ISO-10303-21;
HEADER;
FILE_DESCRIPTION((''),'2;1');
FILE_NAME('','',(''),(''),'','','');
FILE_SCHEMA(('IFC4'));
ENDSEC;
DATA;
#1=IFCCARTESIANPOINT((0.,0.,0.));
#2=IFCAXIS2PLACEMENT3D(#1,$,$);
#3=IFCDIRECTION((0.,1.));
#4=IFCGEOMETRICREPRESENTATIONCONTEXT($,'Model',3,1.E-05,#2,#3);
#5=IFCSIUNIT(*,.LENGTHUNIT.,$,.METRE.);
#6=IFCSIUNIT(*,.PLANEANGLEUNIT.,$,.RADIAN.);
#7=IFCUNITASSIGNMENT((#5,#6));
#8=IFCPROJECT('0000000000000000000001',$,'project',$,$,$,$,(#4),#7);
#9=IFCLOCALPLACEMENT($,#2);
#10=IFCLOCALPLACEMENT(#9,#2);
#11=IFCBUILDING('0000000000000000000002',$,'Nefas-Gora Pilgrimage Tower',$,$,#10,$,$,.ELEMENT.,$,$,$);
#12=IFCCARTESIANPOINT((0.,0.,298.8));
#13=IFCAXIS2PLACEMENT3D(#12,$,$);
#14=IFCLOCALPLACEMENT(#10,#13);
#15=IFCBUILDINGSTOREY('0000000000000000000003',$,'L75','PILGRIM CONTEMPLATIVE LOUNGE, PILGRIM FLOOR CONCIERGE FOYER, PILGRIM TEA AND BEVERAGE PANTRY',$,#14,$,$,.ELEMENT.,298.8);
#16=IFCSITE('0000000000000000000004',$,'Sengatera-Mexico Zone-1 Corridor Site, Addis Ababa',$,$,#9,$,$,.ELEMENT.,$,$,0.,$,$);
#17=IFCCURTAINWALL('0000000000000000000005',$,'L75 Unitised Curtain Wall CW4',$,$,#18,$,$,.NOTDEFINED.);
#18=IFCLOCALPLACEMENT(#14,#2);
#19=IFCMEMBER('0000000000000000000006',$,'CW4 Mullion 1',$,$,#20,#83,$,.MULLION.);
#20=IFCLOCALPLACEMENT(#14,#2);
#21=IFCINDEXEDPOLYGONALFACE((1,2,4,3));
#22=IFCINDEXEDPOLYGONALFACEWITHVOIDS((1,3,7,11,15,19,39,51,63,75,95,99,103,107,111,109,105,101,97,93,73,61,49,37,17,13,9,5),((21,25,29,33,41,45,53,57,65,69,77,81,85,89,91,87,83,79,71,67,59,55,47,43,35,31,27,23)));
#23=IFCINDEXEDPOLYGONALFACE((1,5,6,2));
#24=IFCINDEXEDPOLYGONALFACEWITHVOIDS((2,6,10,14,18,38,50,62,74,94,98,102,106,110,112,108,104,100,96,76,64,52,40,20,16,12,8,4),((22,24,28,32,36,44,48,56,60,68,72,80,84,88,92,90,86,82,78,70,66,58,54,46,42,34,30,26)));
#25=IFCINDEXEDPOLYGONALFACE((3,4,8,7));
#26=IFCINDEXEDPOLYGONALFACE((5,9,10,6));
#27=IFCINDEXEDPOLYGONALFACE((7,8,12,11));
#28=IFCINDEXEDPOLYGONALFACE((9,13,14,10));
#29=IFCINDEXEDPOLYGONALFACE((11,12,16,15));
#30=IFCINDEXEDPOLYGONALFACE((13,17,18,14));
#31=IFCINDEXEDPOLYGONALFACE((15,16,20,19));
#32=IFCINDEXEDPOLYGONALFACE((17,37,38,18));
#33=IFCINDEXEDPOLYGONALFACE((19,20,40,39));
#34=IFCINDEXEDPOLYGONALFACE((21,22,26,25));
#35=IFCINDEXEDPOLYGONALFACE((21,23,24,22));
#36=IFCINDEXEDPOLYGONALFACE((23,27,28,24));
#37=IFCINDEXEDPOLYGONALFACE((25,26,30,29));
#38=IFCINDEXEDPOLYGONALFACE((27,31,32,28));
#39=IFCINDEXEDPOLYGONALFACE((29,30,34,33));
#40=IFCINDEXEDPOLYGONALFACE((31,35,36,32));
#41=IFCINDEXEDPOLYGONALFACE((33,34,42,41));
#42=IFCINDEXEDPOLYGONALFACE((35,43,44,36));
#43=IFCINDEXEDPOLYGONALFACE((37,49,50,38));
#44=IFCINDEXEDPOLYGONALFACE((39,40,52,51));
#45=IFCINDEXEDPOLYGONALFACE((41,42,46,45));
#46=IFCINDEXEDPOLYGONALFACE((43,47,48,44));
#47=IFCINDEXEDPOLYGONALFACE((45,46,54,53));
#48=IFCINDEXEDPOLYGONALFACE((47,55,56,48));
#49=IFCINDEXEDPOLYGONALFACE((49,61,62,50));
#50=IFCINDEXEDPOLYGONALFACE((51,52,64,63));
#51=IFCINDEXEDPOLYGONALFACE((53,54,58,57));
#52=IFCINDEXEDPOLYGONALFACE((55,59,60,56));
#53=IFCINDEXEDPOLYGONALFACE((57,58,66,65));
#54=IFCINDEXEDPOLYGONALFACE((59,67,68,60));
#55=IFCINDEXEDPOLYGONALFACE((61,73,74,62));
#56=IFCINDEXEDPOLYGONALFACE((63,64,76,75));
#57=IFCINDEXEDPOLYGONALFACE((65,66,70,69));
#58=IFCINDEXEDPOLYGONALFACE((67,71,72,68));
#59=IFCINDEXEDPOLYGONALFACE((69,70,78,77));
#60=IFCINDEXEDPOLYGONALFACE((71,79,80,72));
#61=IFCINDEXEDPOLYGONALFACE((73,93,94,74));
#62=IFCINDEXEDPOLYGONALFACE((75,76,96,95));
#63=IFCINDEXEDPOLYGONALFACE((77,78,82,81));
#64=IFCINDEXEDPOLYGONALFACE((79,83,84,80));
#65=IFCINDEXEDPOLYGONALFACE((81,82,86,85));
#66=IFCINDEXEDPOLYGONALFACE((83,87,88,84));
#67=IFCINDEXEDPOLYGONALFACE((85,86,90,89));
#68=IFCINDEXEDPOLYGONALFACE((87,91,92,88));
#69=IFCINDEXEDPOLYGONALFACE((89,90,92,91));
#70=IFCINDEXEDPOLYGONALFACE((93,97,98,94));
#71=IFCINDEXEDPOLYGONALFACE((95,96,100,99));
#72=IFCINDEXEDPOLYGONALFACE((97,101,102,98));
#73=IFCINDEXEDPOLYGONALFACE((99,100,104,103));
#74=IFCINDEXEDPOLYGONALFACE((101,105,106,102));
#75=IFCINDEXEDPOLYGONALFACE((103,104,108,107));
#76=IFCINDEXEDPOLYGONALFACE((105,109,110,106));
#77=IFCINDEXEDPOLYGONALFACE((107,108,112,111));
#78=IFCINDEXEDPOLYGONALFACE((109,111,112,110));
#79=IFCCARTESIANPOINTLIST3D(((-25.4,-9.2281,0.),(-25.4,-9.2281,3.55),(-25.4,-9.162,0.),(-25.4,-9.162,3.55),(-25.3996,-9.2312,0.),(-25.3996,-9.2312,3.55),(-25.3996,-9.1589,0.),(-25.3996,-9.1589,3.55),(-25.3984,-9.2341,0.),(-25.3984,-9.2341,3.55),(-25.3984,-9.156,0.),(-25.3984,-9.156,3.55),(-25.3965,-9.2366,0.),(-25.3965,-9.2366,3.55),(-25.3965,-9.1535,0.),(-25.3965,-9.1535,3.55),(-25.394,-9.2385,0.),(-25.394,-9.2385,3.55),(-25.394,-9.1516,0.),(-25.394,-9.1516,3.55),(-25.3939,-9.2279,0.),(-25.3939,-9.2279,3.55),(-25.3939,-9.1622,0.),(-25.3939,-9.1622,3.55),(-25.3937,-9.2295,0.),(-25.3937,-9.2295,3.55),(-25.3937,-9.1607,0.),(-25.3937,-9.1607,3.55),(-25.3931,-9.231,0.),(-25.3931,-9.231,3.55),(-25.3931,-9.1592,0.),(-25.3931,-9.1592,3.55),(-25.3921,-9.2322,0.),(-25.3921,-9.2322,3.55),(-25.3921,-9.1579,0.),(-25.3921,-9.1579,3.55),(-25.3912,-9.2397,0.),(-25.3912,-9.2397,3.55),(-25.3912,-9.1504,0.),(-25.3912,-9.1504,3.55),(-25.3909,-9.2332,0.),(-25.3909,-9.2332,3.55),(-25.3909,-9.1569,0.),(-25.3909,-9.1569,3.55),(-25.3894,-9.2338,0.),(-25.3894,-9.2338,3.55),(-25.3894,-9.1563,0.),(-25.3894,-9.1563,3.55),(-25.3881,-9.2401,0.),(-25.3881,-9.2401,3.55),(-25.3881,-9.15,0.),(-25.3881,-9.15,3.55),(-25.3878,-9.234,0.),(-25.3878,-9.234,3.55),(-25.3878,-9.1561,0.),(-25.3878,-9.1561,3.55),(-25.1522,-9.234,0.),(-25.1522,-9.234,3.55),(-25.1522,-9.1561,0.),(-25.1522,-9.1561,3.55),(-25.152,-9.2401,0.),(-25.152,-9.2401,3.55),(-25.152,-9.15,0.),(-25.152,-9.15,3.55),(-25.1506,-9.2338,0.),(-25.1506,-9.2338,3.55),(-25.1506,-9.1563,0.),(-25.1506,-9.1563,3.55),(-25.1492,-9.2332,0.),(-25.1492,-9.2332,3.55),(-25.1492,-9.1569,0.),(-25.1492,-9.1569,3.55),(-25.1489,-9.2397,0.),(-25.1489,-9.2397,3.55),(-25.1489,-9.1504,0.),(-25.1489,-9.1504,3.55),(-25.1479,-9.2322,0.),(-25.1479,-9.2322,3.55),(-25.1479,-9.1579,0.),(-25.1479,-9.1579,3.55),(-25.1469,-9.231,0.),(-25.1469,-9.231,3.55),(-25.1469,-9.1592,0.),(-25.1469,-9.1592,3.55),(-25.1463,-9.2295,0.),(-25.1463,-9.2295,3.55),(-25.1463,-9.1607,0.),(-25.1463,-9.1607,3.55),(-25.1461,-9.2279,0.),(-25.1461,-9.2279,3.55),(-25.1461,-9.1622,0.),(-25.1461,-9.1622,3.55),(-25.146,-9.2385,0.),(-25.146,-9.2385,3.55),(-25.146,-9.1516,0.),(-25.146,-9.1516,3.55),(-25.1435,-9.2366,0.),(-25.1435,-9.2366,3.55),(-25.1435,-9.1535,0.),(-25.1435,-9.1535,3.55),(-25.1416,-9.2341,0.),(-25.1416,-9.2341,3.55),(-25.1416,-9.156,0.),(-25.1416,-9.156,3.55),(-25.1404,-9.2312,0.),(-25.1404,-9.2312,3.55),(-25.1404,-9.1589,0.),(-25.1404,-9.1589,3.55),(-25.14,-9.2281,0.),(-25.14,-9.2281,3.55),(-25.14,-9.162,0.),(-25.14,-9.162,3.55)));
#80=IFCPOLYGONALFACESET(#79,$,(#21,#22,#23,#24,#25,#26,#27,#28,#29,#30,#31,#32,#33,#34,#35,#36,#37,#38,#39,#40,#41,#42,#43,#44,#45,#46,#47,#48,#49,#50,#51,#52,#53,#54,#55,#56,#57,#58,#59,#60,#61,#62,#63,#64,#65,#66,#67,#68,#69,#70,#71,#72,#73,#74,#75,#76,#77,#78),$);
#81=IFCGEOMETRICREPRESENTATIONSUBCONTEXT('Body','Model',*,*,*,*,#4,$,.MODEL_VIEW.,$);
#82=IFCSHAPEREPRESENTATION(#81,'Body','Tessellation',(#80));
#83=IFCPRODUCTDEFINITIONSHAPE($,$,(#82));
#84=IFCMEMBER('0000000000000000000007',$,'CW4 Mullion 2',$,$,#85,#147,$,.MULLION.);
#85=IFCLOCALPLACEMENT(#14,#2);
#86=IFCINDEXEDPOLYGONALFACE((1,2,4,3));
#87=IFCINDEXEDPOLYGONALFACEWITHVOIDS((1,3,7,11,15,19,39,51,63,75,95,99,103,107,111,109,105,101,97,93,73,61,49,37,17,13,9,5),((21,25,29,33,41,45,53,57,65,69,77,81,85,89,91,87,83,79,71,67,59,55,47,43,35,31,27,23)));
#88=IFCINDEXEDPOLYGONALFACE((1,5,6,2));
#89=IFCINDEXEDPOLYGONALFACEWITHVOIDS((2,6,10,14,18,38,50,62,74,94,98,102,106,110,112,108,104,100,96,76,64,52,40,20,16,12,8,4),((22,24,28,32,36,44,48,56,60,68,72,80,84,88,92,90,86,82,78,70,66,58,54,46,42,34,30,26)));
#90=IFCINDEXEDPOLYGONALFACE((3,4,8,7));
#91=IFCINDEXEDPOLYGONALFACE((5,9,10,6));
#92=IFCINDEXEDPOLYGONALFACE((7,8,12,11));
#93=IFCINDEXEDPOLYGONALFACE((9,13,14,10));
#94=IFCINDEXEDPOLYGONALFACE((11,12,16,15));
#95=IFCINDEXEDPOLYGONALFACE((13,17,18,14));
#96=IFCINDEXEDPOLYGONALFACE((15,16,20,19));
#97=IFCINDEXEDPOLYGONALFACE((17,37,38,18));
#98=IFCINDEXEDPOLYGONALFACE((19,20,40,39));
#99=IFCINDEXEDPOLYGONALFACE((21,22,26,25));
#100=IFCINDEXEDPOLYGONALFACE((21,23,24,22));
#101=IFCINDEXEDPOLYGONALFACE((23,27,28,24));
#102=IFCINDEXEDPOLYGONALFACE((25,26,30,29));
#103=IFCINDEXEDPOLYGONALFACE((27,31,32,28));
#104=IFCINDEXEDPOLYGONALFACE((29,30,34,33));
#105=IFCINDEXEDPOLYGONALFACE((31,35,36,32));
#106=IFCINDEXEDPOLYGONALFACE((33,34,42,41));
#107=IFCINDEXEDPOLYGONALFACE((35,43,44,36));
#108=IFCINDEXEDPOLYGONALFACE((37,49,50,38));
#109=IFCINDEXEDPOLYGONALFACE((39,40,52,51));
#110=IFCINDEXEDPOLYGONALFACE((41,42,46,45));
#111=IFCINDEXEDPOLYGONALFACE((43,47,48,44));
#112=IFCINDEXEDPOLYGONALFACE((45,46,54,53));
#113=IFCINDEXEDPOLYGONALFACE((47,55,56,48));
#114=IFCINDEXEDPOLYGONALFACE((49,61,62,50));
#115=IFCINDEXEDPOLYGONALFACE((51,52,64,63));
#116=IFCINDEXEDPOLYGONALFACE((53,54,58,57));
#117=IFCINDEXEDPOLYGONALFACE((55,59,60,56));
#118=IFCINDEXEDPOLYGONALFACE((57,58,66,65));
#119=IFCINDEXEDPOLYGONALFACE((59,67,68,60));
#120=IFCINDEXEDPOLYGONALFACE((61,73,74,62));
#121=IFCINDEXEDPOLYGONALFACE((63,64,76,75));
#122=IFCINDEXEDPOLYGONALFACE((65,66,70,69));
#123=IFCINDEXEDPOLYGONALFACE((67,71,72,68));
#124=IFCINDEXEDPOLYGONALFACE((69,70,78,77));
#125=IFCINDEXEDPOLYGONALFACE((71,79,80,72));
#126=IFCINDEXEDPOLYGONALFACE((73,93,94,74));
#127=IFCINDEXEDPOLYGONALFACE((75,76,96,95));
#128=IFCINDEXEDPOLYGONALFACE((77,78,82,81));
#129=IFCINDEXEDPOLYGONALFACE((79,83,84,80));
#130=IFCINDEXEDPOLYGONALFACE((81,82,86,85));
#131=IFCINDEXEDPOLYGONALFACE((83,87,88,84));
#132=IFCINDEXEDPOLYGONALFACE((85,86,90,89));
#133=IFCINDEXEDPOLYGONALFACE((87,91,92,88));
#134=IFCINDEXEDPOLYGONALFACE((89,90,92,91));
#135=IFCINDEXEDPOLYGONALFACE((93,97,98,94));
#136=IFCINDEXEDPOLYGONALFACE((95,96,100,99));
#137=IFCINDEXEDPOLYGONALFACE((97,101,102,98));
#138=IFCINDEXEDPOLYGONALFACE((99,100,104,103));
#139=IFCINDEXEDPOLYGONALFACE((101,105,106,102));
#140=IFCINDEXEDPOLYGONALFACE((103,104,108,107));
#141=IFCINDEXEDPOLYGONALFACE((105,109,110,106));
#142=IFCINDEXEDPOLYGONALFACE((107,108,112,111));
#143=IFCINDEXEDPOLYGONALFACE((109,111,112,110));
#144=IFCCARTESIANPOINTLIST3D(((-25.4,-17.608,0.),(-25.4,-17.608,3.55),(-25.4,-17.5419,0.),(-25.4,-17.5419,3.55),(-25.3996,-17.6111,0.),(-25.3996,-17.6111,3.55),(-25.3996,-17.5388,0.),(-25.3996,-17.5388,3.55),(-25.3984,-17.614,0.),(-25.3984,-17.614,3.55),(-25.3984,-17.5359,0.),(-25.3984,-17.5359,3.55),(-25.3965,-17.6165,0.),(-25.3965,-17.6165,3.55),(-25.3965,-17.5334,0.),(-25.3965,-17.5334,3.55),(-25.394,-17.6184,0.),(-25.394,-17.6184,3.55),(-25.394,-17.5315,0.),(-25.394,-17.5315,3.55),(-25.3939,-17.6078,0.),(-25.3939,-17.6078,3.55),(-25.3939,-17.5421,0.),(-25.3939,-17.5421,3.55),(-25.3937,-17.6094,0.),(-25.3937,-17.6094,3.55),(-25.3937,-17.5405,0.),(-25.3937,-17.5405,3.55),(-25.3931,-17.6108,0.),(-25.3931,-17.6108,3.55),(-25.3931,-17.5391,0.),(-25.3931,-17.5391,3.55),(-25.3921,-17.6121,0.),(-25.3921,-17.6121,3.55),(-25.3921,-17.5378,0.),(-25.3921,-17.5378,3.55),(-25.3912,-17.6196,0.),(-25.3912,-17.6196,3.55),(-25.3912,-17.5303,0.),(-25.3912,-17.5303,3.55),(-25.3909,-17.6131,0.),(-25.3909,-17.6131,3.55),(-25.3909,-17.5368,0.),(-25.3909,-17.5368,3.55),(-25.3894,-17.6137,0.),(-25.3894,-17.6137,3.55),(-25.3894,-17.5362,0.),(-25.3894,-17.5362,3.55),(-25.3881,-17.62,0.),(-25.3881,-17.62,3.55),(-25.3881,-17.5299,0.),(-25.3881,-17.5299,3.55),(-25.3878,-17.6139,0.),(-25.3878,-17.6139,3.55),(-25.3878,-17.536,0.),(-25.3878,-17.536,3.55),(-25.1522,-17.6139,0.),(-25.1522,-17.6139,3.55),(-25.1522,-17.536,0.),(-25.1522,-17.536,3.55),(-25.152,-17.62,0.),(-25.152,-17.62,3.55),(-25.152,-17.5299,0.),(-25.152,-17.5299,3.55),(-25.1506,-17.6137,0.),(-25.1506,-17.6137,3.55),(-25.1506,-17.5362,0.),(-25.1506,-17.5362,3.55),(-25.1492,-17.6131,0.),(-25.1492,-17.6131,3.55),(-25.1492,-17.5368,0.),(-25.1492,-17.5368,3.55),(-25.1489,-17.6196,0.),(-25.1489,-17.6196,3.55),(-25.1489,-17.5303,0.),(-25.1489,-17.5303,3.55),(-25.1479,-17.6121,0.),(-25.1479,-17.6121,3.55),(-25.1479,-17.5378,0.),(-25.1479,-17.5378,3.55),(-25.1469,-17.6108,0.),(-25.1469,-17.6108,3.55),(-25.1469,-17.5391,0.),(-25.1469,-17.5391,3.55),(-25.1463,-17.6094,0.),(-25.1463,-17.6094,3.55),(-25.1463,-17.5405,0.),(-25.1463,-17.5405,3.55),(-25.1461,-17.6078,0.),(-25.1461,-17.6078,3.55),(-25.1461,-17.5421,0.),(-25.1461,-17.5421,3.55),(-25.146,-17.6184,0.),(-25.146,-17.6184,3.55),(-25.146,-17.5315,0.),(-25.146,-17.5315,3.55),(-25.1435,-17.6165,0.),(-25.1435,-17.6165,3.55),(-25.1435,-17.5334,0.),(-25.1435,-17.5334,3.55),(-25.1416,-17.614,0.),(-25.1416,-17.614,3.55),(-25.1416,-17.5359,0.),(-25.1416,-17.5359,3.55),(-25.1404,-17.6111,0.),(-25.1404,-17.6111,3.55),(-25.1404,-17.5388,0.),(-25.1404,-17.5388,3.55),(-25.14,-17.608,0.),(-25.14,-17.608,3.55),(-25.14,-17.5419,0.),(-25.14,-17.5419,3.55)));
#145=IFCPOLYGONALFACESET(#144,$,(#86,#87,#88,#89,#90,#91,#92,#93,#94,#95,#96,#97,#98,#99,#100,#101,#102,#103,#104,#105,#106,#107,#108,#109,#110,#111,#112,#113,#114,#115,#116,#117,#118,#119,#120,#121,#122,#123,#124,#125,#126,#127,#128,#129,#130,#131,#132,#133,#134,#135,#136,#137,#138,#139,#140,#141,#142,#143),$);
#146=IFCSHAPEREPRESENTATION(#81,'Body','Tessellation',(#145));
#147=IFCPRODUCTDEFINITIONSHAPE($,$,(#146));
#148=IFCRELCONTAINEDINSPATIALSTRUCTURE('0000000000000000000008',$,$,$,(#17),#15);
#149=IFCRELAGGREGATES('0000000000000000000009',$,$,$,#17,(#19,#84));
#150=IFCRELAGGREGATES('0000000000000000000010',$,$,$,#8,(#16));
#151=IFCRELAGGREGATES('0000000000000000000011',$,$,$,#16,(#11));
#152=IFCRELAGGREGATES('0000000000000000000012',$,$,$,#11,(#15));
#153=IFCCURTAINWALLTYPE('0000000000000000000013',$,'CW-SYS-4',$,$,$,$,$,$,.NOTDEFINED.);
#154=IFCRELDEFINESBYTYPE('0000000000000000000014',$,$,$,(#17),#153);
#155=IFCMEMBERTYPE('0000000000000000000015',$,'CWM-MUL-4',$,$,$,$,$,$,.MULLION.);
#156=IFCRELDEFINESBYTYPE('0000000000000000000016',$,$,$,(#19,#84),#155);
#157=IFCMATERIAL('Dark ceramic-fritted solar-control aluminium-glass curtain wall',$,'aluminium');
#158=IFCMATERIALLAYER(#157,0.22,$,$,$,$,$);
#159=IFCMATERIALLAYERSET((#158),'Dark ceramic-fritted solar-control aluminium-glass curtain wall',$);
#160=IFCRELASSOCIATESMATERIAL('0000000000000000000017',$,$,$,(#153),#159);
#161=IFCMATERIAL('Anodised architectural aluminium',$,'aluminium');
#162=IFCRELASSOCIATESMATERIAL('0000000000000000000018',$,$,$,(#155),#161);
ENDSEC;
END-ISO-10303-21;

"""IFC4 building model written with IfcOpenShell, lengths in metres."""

from ifc_helpers import new_model, si_unit, direction, frame, origin, origin_2d, place, context, subcontext, project, spatial, hollow_rectangle, extrude, source, transform, mapped, material, layer, layer_set, material_profile, profile_set, type_object, element, aggregate, save


model = new_model("IFC4")

# Units and contexts
model_context = context("Model", 3, precision=1e-05, world=origin(), true_north=direction((0.0, 1.0)))
body_context = subcontext(model_context, "Body", "Model", "MODEL_VIEW")
ifc_project = project(units=[si_unit("LENGTHUNIT", "METRE"), si_unit("PLANEANGLEUNIT", "RADIAN")], contexts=[model_context])

# Site, building, storey
site_placement = place(None, origin())
site = spatial("IfcSite", under=ifc_project, at=site_placement, Name="Sengatera-Mexico Zone-1 Corridor Site, Addis Ababa", CompositionType="ELEMENT", RefElevation=0.0)
building_placement = place(site_placement, origin())
building = spatial("IfcBuilding", under=site, at=building_placement, Name="Nefas-Gora Pilgrimage Tower", CompositionType="ELEMENT")
storey_placement = place(building_placement, frame((0.0, 0.0, 298.8)))
storey = spatial("IfcBuildingStorey", under=building, at=storey_placement, Name="L75", Description="PILGRIM CONTEMPLATIVE LOUNGE, PILGRIM FLOOR CONCIERGE FOYER, PILGRIM TEA AND BEVERAGE PANTRY", CompositionType="ELEMENT", Elevation=298.8)

# Curtain wall
ifc_material_1 = material(Name="Dark ceramic-fritted solar-control aluminium-glass curtain wall", Category="aluminium")
ifc_layer_1 = layer(ifc_material_1, 0.22)
ifc_layer_set_1 = layer_set([ifc_layer_1], Name="Dark ceramic-fritted solar-control aluminium-glass curtain wall")
curtain_wall_type = type_object("IfcCurtainWallType", Name="CW-SYS-4", PredefinedType="NOTDEFINED", material=ifc_layer_set_1)
curtain_wall_1_placement = place(storey_placement, origin())
curtain_wall_1 = element("IfcCurtainWall", 1, at=curtain_wall_1_placement, inside=storey, type_object=curtain_wall_type, Name="L75 Unitised Curtain Wall CW4", PredefinedType="NOTDEFINED")
ifc_material_2 = material(Name="Anodised architectural aluminium", Category="aluminium")
ifc_material_profile_1 = material_profile(ifc_material_2, hollow_rectangle(XDim=0.0901, YDim=0.26, WallThickness=0.0061, InnerFilletRadius=0.0061, OuterFilletRadius=0.012, at=origin_2d()), Name="ALU MULLION 90x260")
ifc_profile_set_1 = profile_set([ifc_material_profile_1], Name="Anodised architectural aluminium")
member_type_1 = type_object("IfcMemberType", Name="CWM-MUL-4", PredefinedType="MULLION", material=ifc_profile_set_1)
shared_shape_1 = source(origin(), body_context, "Body", "SweptSolid", [
    extrude(hollow_rectangle(XDim=0.0901, YDim=0.26, WallThickness=0.0061, InnerFilletRadius=0.0061, OuterFilletRadius=0.012, at=origin_2d()), origin(), (0.0, 0.0, 1.0), 3.55),
])

# Members
member_1_placement = place(storey_placement, frame((-25.27, -9.1951, 0.0), z_axis=(0.0, 0.0, 1.0), x_axis=(0.0, -1.0, 0.0)))
member_1 = element("IfcMember", 2, at=member_1_placement, type_object=member_type_1, Name="CW4 Mullion 1", PredefinedType="MULLION", context=body_context, shape_type="MappedRepresentation", body=[
    mapped(shared_shape_1, transform((0.0, 0.0, 0.0), x_axis=(1.0, 0.0, 0.0), y_axis=(0.0, 1.0, 0.0), z_axis=(0.0, 0.0, 1.0), scale=1.0)),
])
member_2_placement = place(storey_placement, frame((-25.27, -17.575, 0.0), z_axis=(0.0, 0.0, 1.0), x_axis=(0.0, -1.0, 0.0)))
member_2 = element("IfcMember", 3, at=member_2_placement, type_object=member_type_1, Name="CW4 Mullion 2", PredefinedType="MULLION", context=body_context, shape_type="MappedRepresentation", body=[
    mapped(shared_shape_1, transform((0.0, 0.0, 0.0), x_axis=(1.0, 0.0, 0.0), y_axis=(0.0, 1.0, 0.0), z_axis=(0.0, 0.0, 1.0), scale=1.0)),
])

aggregate(curtain_wall_1, [member_1, member_2])

save(model, "model.ifc")
